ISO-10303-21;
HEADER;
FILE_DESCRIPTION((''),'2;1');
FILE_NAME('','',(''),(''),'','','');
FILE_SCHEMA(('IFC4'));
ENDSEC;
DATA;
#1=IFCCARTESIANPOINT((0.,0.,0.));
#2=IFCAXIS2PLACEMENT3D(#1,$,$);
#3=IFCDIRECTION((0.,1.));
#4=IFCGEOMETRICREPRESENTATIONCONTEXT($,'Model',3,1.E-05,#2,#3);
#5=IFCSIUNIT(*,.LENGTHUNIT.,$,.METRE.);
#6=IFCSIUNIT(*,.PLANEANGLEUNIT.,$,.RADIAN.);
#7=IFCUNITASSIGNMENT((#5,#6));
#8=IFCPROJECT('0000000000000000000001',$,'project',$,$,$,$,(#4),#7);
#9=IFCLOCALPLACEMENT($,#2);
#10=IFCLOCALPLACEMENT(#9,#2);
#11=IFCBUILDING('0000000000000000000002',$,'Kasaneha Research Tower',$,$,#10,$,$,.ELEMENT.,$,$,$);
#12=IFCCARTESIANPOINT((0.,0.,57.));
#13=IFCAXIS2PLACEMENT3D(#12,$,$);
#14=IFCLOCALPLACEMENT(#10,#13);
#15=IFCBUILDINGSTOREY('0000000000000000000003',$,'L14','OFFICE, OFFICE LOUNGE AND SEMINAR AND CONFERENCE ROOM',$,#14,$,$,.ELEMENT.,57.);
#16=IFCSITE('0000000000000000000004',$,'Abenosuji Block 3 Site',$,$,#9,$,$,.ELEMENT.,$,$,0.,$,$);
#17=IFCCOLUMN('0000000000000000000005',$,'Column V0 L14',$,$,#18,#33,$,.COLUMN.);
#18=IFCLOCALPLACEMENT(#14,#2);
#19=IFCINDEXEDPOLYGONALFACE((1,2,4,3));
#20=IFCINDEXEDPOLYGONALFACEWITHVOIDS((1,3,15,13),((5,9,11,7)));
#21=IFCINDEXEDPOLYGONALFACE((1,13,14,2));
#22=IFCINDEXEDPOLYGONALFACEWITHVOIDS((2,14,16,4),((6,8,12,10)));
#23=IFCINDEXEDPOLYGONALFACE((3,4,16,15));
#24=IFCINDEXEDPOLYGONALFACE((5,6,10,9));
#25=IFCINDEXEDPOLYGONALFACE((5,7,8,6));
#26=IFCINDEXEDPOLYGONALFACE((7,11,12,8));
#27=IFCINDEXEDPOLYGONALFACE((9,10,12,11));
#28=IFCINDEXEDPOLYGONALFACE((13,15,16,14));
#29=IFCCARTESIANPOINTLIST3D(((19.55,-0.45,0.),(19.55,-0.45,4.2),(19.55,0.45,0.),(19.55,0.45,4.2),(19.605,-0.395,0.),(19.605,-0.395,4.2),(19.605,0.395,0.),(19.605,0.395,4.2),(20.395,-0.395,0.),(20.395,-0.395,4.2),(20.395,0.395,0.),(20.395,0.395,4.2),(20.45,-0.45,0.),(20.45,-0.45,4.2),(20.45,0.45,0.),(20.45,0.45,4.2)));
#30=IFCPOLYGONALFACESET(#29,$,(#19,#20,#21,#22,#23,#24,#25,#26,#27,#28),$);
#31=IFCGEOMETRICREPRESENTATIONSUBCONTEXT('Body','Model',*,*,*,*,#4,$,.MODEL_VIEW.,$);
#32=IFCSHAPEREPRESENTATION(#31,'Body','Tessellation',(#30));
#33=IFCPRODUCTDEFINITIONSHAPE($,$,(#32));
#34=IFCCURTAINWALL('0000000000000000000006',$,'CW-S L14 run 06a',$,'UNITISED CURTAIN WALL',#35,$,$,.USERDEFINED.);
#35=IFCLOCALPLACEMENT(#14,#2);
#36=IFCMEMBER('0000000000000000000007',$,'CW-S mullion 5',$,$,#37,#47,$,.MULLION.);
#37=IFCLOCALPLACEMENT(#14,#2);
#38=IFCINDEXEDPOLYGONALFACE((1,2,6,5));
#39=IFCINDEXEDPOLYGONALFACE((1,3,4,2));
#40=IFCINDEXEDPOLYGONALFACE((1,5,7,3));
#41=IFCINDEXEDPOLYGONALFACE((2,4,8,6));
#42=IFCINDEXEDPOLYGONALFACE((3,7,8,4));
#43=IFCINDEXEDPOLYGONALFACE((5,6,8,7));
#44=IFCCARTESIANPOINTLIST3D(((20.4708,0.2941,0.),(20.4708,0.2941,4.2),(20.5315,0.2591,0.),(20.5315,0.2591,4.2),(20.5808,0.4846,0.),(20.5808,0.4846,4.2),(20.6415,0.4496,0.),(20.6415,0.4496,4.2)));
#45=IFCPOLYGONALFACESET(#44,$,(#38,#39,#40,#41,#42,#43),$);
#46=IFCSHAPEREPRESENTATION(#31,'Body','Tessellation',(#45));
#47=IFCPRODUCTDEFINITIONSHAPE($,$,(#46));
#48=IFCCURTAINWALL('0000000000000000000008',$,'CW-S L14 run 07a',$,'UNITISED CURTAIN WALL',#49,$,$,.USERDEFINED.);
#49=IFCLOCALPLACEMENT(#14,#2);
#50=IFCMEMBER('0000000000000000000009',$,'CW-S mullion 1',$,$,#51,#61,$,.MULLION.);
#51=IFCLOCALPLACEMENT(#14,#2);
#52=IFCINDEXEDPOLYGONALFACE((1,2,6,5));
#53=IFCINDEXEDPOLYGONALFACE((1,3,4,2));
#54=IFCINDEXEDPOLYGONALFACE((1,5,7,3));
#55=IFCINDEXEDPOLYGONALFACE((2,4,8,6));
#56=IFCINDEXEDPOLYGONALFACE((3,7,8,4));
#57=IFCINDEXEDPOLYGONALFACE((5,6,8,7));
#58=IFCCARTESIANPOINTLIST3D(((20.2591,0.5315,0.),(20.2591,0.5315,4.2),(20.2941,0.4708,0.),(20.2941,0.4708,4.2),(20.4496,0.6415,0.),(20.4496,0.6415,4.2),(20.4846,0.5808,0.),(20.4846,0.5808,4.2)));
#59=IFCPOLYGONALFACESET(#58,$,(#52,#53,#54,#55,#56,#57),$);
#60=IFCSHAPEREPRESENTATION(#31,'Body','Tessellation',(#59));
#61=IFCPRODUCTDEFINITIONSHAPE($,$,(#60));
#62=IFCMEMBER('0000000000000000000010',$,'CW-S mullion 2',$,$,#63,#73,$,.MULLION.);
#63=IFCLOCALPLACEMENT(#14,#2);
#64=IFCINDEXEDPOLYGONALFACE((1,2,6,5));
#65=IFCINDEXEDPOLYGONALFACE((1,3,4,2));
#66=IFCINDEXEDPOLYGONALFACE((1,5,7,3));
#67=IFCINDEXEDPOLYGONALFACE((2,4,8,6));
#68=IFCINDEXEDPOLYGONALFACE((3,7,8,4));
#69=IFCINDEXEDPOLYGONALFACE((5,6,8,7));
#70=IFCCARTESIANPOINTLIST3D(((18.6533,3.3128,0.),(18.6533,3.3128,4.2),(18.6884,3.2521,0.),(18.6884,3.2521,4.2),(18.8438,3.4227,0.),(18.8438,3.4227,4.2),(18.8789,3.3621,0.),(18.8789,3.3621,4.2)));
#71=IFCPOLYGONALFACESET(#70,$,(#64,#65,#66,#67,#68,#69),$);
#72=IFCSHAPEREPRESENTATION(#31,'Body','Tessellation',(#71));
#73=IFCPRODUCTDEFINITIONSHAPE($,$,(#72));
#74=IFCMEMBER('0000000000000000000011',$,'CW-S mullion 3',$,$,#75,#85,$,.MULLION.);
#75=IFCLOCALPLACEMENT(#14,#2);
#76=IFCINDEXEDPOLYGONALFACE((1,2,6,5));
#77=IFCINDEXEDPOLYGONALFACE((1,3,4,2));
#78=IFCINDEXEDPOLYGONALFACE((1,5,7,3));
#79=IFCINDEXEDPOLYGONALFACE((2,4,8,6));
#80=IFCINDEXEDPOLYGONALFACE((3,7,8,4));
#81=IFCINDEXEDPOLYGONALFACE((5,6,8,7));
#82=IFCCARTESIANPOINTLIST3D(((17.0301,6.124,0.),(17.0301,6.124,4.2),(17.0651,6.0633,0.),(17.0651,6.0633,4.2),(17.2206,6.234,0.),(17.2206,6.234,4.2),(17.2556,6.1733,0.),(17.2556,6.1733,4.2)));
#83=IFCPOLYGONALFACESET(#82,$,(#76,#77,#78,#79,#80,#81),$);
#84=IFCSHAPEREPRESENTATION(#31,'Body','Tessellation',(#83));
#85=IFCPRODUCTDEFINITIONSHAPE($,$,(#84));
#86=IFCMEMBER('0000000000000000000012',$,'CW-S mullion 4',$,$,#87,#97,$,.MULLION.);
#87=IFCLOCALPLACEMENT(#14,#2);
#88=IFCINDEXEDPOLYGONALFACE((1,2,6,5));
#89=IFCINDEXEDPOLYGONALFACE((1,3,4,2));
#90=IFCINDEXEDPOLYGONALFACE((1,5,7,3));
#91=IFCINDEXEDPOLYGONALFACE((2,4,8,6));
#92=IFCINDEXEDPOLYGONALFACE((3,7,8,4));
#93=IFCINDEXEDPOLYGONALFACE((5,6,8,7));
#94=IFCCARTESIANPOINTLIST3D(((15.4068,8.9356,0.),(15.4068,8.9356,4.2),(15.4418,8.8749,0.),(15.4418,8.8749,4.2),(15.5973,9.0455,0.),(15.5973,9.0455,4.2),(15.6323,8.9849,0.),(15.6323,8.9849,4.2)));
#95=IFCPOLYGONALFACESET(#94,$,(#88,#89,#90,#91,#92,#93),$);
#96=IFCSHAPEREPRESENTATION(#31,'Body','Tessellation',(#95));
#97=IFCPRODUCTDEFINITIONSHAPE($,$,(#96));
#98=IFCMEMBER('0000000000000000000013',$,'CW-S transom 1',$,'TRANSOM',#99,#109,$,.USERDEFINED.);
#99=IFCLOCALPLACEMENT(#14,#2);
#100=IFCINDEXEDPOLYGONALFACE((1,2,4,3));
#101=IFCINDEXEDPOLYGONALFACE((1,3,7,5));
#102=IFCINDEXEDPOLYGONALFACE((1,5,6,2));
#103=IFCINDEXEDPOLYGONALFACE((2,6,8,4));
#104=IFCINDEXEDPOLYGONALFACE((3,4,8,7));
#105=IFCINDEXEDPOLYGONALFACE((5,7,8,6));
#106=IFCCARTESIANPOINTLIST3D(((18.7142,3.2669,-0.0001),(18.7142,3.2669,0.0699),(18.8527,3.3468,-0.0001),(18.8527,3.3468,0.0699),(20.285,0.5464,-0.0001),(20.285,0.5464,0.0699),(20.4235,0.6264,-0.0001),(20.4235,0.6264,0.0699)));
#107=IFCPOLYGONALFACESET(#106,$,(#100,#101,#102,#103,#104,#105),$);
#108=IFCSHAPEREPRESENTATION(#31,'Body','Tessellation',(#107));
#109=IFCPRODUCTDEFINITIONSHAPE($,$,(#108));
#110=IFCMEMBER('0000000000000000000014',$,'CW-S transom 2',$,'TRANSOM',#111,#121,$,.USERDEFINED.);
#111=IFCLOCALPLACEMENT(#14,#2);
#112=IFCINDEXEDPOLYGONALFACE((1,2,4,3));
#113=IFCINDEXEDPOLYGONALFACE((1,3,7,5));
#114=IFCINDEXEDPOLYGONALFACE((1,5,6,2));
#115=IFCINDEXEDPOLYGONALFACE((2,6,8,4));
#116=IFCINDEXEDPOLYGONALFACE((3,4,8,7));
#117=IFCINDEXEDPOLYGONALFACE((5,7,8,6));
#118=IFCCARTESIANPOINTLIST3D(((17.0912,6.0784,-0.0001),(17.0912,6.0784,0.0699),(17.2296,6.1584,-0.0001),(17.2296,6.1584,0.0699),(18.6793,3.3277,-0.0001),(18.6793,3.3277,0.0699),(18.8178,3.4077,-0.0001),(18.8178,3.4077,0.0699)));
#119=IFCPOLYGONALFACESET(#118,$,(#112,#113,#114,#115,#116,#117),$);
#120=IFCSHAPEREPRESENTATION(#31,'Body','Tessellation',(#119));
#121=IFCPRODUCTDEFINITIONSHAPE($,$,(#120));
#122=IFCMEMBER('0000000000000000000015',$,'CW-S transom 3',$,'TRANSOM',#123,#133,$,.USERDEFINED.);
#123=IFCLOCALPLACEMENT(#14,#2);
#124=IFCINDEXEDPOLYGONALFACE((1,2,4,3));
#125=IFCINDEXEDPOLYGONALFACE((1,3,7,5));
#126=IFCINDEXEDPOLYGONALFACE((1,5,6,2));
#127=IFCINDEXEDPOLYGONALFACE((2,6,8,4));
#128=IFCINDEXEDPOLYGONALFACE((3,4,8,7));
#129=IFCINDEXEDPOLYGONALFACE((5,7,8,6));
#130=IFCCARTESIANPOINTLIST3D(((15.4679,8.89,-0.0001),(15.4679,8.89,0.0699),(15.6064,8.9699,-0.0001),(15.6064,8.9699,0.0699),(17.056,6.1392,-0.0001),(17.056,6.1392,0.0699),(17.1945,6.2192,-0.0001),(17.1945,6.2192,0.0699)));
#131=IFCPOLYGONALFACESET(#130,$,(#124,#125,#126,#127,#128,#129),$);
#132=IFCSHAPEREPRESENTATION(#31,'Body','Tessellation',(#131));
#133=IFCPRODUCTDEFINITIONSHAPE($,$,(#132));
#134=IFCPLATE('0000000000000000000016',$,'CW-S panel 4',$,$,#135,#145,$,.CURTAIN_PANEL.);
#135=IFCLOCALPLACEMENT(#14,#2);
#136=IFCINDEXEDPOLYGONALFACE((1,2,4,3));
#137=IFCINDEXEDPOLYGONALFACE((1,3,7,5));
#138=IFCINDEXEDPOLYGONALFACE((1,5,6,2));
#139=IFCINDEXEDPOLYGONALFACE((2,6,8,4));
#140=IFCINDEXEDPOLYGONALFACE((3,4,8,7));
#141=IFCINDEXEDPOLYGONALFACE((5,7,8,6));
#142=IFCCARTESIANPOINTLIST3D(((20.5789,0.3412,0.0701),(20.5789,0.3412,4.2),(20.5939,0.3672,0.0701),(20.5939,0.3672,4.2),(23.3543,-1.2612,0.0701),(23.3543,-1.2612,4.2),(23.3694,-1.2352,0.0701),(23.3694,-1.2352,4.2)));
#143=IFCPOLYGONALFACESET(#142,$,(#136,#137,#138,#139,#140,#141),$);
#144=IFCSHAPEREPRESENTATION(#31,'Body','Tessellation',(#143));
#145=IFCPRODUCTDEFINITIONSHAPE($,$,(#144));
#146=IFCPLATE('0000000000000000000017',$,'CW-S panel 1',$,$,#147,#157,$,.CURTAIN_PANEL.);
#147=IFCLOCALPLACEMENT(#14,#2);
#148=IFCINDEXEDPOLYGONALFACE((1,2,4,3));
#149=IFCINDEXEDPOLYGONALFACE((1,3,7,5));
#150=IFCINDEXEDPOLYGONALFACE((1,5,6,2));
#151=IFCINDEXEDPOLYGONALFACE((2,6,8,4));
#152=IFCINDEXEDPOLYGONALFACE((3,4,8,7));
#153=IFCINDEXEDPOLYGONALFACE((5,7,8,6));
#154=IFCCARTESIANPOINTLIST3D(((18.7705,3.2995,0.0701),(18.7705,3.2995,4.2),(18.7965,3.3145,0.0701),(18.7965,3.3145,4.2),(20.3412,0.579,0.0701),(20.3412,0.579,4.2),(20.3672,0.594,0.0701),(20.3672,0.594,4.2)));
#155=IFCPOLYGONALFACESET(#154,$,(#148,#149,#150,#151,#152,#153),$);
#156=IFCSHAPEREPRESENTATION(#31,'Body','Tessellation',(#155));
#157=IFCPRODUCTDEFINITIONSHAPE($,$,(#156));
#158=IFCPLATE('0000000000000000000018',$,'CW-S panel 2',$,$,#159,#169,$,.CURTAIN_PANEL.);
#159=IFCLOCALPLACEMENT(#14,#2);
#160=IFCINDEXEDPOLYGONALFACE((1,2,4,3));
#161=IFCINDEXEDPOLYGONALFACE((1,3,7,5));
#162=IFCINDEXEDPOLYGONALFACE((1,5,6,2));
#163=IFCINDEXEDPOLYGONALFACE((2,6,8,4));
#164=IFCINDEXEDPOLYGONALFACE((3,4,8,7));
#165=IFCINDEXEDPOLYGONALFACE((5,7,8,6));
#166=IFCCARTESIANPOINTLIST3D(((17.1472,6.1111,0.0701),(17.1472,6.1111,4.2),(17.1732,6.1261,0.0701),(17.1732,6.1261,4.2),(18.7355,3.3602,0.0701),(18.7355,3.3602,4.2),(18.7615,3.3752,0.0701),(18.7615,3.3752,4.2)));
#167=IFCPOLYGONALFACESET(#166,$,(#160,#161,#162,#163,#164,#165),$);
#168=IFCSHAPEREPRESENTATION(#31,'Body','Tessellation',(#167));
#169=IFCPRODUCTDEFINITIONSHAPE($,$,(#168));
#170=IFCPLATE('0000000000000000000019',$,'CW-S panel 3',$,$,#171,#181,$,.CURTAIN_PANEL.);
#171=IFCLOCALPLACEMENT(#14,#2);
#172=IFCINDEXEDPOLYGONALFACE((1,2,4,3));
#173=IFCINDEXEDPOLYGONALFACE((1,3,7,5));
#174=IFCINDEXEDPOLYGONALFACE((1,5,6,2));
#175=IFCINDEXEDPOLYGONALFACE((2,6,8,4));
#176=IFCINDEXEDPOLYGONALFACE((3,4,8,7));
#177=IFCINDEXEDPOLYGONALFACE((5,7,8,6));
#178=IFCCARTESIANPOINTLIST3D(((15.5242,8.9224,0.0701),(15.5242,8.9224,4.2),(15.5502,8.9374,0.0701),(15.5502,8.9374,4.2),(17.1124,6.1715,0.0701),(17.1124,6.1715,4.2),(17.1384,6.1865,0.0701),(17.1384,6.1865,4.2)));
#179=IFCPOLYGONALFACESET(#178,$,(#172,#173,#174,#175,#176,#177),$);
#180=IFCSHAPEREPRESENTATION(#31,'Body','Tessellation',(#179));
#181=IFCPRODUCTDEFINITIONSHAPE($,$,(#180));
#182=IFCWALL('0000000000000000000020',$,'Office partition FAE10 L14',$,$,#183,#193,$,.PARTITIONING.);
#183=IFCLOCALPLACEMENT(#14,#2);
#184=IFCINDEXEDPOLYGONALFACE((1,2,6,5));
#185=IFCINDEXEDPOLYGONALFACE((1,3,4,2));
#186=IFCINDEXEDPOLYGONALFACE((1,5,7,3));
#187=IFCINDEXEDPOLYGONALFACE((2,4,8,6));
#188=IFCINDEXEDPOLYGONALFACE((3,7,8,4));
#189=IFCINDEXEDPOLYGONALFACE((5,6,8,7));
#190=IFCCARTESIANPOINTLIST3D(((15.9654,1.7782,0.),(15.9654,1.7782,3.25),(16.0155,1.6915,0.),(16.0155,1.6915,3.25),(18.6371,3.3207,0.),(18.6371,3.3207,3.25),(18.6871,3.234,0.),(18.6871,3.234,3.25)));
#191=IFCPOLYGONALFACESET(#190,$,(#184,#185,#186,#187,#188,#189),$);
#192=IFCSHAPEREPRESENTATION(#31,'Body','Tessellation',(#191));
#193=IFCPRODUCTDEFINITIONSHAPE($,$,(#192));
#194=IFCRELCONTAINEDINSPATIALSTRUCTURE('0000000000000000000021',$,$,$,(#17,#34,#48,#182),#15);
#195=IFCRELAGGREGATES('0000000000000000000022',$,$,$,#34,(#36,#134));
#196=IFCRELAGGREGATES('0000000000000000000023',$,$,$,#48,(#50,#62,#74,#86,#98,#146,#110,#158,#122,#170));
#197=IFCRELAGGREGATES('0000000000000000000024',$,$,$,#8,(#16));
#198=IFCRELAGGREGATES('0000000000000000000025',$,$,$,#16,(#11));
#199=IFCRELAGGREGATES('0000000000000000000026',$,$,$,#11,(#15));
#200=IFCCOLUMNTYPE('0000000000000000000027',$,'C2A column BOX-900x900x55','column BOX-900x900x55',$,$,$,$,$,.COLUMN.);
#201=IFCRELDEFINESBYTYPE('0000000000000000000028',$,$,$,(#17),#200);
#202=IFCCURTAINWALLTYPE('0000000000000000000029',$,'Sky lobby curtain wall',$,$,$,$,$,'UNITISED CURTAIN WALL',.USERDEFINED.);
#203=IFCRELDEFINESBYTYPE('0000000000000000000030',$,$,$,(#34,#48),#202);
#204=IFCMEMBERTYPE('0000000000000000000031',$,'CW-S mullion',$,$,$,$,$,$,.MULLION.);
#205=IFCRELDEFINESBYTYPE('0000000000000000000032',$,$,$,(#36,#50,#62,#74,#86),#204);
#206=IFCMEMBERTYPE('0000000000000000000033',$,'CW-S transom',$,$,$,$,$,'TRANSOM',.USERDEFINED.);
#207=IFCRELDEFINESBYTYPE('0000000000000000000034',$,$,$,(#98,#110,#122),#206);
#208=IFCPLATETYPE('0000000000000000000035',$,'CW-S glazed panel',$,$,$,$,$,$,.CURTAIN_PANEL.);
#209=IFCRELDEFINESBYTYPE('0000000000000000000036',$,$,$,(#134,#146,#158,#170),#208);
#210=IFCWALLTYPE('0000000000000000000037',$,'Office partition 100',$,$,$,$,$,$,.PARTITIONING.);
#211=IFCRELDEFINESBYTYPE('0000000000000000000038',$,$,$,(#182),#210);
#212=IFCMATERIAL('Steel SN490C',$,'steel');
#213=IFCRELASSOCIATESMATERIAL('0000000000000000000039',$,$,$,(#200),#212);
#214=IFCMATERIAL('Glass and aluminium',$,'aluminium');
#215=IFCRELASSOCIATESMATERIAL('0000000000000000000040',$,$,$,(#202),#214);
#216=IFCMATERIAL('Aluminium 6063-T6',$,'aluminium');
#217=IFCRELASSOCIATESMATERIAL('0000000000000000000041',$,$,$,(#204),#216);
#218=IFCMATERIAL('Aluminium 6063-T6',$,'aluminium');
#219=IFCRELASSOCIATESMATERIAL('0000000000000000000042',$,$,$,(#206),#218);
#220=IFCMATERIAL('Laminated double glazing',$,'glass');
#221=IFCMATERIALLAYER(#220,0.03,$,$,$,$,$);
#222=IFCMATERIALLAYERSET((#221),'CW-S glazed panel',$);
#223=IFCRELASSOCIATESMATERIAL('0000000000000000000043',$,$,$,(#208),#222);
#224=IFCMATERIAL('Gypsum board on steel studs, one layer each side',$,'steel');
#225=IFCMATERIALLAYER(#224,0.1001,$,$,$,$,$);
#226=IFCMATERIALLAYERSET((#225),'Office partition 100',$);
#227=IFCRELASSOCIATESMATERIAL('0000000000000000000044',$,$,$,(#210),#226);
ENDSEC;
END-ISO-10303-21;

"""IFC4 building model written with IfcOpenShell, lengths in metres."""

from ifc_helpers import new_model, si_unit, direction, frame, frame_2d, origin, origin_2d, place, context, subcontext, project, spatial, rectangle, hollow_rectangle, extrude, material, layer, layer_set, material_profile, profile_set, type_object, element, aggregate, save


model = new_model("IFC4")

# Units and contexts
model_context = context("Model", 3, precision=1e-05, world=origin(), true_north=direction((0.0, 1.0)))
body_context = subcontext(model_context, "Body", "Model", "MODEL_VIEW")
ifc_project = project(units=[si_unit("LENGTHUNIT", "METRE"), si_unit("PLANEANGLEUNIT", "RADIAN")], contexts=[model_context])

# Site, building, storey
site_placement = place(None, origin())
site = spatial("IfcSite", under=ifc_project, at=site_placement, Name="Abenosuji Block 3 Site", CompositionType="ELEMENT", RefElevation=0.0)
building_placement = place(site_placement, origin())
building = spatial("IfcBuilding", under=site, at=building_placement, Name="Kasaneha Research Tower", CompositionType="ELEMENT")
storey_placement = place(building_placement, frame((0.0, 0.0, 57.0)))
storey = spatial("IfcBuildingStorey", under=building, at=storey_placement, Name="L14", Description="OFFICE, OFFICE LOUNGE AND SEMINAR AND CONFERENCE ROOM", CompositionType="ELEMENT", Elevation=57.0)

# Column
ifc_material_1 = material(Name="Steel SN490C", Category="steel")
ifc_material_profile_1 = material_profile(ifc_material_1, hollow_rectangle(XDim=0.8999, YDim=0.8999, WallThickness=0.0549, at=origin_2d()), Name="BOX-900x900x55")
ifc_profile_set_1 = profile_set([ifc_material_profile_1], Name="Steel SN490C")
column_type = type_object("IfcColumnType", Name="C2A column BOX-900x900x55", Description="column BOX-900x900x55", PredefinedType="COLUMN", material=ifc_profile_set_1)
column_placement = place(storey_placement, frame((20.0, 0.0, 0.0), z_axis=(0.0, 0.0, 1.0), x_axis=(1.0, 0.0, 0.0)))
element("IfcColumn", 1, at=column_placement, inside=storey, type_object=column_type, Name="Column V0 L14", PredefinedType="COLUMN", context=body_context, shape_type="SweptSolid", body=[
    extrude(hollow_rectangle(XDim=0.8999, YDim=0.8999, WallThickness=0.0549, at=origin_2d()), origin(), (0.0, 0.0, 1.0), 4.2),
])

# Curtain wall, member
ifc_material_2 = material(Name="Glass and aluminium", Category="aluminium")
curtain_wall_type = type_object("IfcCurtainWallType", Name="Sky lobby curtain wall", ElementType="UNITISED CURTAIN WALL", PredefinedType="USERDEFINED", material=ifc_material_2)
curtain_wall_1_placement = place(storey_placement, origin())
curtain_wall_1 = element("IfcCurtainWall", 2, at=curtain_wall_1_placement, inside=storey, type_object=curtain_wall_type, Name="CW-S L14 run 06a", ObjectType="UNITISED CURTAIN WALL", PredefinedType="USERDEFINED")
ifc_material_3 = material(Name="Aluminium 6063-T6", Category="aluminium")
ifc_material_profile_2 = material_profile(ifc_material_3, rectangle(XDim=0.0701, YDim=0.22, at=origin_2d()), Name="CW-S mullion 70x220")
ifc_profile_set_2 = profile_set([ifc_material_profile_2], Name="Aluminium 6063-T6")
member_type_1 = type_object("IfcMemberType", Name="CW-S mullion", PredefinedType="MULLION", material=ifc_profile_set_2)
member_1_placement = place(storey_placement, frame((20.5562, 0.3718, 0.0), z_axis=(0.0, 0.0, 1.0), x_axis=(-0.866025, 0.5, 0.0)))
member_1 = element("IfcMember", 3, at=member_1_placement, type_object=member_type_1, Name="CW-S mullion 5", PredefinedType="MULLION", context=body_context, shape_type="SweptSolid", body=[
    extrude(rectangle(XDim=0.0701, YDim=0.22, at=origin_2d()), origin(), (0.0, 0.0, 1.0), 4.2),
])

# Curtain wall, members
curtain_wall_2_placement = place(storey_placement, origin())
curtain_wall_2 = element("IfcCurtainWall", 4, at=curtain_wall_2_placement, inside=storey, type_object=curtain_wall_type, Name="CW-S L14 run 07a", ObjectType="UNITISED CURTAIN WALL", PredefinedType="USERDEFINED")
member_2_placement = place(storey_placement, frame((20.3718, 0.5562, 0.0), z_axis=(0.0, 0.0, 1.0), x_axis=(-0.5, 0.866025, 0.0)))
member_2 = element("IfcMember", 5, at=member_2_placement, type_object=member_type_1, Name="CW-S mullion 1", PredefinedType="MULLION", context=body_context, shape_type="SweptSolid", body=[
    extrude(rectangle(XDim=0.0701, YDim=0.22, at=origin_2d()), origin(), (0.0, 0.0, 1.0), 4.2),
])
member_3_placement = place(storey_placement, frame((18.7661, 3.3374, 0.0), z_axis=(0.0, 0.0, 1.0), x_axis=(-0.5, 0.866025, 0.0)))
member_3 = element("IfcMember", 6, at=member_3_placement, type_object=member_type_1, Name="CW-S mullion 2", PredefinedType="MULLION", context=body_context, shape_type="SweptSolid", body=[
    extrude(rectangle(XDim=0.0701, YDim=0.22, at=origin_2d()), origin(), (0.0, 0.0, 1.0), 4.2),
])
member_4_placement = place(storey_placement, frame((17.1428, 6.1487, 0.0), z_axis=(0.0, 0.0, 1.0), x_axis=(-0.5, 0.866025, 0.0)))
member_4 = element("IfcMember", 7, at=member_4_placement, type_object=member_type_1, Name="CW-S mullion 3", PredefinedType="MULLION", context=body_context, shape_type="SweptSolid", body=[
    extrude(rectangle(XDim=0.0701, YDim=0.22, at=origin_2d()), origin(), (0.0, 0.0, 1.0), 4.2),
])
member_5_placement = place(storey_placement, frame((15.5195, 8.9602, 0.0), z_axis=(0.0, 0.0, 1.0), x_axis=(-0.5, 0.866025, 0.0)))
member_5 = element("IfcMember", 8, at=member_5_placement, type_object=member_type_1, Name="CW-S mullion 4", PredefinedType="MULLION", context=body_context, shape_type="SweptSolid", body=[
    extrude(rectangle(XDim=0.0701, YDim=0.22, at=origin_2d()), origin(), (0.0, 0.0, 1.0), 4.2),
])
ifc_material_4 = material(Name="Aluminium 6063-T6", Category="aluminium")
ifc_material_profile_3 = material_profile(ifc_material_4, rectangle(XDim=0.1599, YDim=0.0701, at=origin_2d()), Name="CW-S transom 160x70")
ifc_profile_set_3 = profile_set([ifc_material_profile_3], Name="Aluminium 6063-T6")
member_type_2 = type_object("IfcMemberType", Name="CW-S transom", ElementType="TRANSOM", PredefinedType="USERDEFINED", material=ifc_profile_set_3)
member_6_placement = place(storey_placement, frame((20.3542, 0.5864, 0.0349), z_axis=(-0.500034, 0.866006, 0.0), x_axis=(-0.866006, -0.500034, 0.0)))
member_6 = element("IfcMember", 9, at=member_6_placement, type_object=member_type_2, Name="CW-S transom 1", ObjectType="TRANSOM", PredefinedType="USERDEFINED", context=body_context, shape_type="SweptSolid", body=[
    extrude(rectangle(XDim=0.1599, YDim=0.0701, at=origin_2d()), origin(), (0.0, 0.0, 1.0), 3.1414),
])
member_7_placement = place(storey_placement, frame((18.7485, 3.3677, 0.0349), z_axis=(-0.5, 0.866026, 0.0), x_axis=(-0.866026, -0.5, 0.0)))
member_7 = element("IfcMember", 10, at=member_7_placement, type_object=member_type_2, Name="CW-S transom 2", ObjectType="TRANSOM", PredefinedType="USERDEFINED", context=body_context, shape_type="SweptSolid", body=[
    extrude(rectangle(XDim=0.1599, YDim=0.0701, at=origin_2d()), origin(), (0.0, 0.0, 1.0), 3.1763),
])
member_8_placement = place(storey_placement, frame((17.1252, 6.1792, 0.0349), z_axis=(-0.5, 0.866026, 0.0), x_axis=(-0.866026, -0.5, 0.0)))
member_8 = element("IfcMember", 11, at=member_8_placement, type_object=member_type_2, Name="CW-S transom 3", ObjectType="TRANSOM", PredefinedType="USERDEFINED", context=body_context, shape_type="SweptSolid", body=[
    extrude(rectangle(XDim=0.1599, YDim=0.0701, at=origin_2d()), origin(), (0.0, 0.0, 1.0), 3.1763),
])

# Plates
ifc_material_5 = material(Name="Laminated double glazing", Category="glass")
ifc_layer_1 = layer(ifc_material_5, 0.03)
ifc_layer_set_1 = layer_set([ifc_layer_1], Name="CW-S glazed panel")
plate_type = type_object("IfcPlateType", Name="CW-S glazed panel", PredefinedType="CURTAIN_PANEL", material=ifc_layer_set_1)
plate_1_placement = place(storey_placement, frame((21.9741, -0.447, 0.0701), z_axis=(0.0, 0.0, 1.0), x_axis=(-0.866025, 0.5, 0.0)))
plate_1 = element("IfcPlate", 12, at=plate_1_placement, type_object=plate_type, Name="CW-S panel 4", PredefinedType="CURTAIN_PANEL", context=body_context, shape_type="SweptSolid", body=[
    extrude(rectangle(XDim=3.2048, YDim=0.03, at=origin_2d()), origin(), (0.0, 0.0, 1.0), 4.1299),
])
aggregate(curtain_wall_1, [member_1, plate_1])
plate_2_placement = place(storey_placement, frame((19.5688, 1.9468, 0.0701), z_axis=(0.0, 0.0, 1.0), x_axis=(-0.5, 0.866025, 0.0)))
plate_2 = element("IfcPlate", 13, at=plate_2_placement, type_object=plate_type, Name="CW-S panel 1", PredefinedType="CURTAIN_PANEL", context=body_context, shape_type="SweptSolid", body=[
    extrude(rectangle(XDim=3.1414, YDim=0.03, at=origin_2d()), origin(), (0.0, 0.0, 1.0), 4.1299),
])
plate_3_placement = place(storey_placement, frame((17.9543, 4.7432, 0.0701), z_axis=(0.0, 0.0, 1.0), x_axis=(-0.5, 0.866025, 0.0)))
plate_3 = element("IfcPlate", 14, at=plate_3_placement, type_object=plate_type, Name="CW-S panel 2", PredefinedType="CURTAIN_PANEL", context=body_context, shape_type="SweptSolid", body=[
    extrude(rectangle(XDim=3.1765, YDim=0.03, at=origin_2d()), origin(), (0.0, 0.0, 1.0), 4.1299),
])
plate_4_placement = place(storey_placement, frame((16.3313, 7.5544, 0.0701), z_axis=(0.0, 0.0, 1.0), x_axis=(-0.5, 0.866025, 0.0)))
plate_4 = element("IfcPlate", 15, at=plate_4_placement, type_object=plate_type, Name="CW-S panel 3", PredefinedType="CURTAIN_PANEL", context=body_context, shape_type="SweptSolid", body=[
    extrude(rectangle(XDim=3.1765, YDim=0.03, at=origin_2d()), origin(), (0.0, 0.0, 1.0), 4.1299),
])
aggregate(curtain_wall_2, [member_2, member_3, member_4, member_5, member_6, plate_2, member_7, plate_3, member_8, plate_4])

# Wall
ifc_material_6 = material(Name="Gypsum board on steel studs, one layer each side", Category="steel")
ifc_layer_2 = layer(ifc_material_6, 0.1001)
ifc_layer_set_2 = layer_set([ifc_layer_2], Name="Office partition 100")
wall_type = type_object("IfcWallType", Name="Office partition 100", PredefinedType="PARTITIONING", material=ifc_layer_set_2)
wall_1_placement = place(storey_placement, frame((18.6621, 3.2773, 0.0), z_axis=(0.0, 0.0, 1.0), x_axis=(-0.866023, -0.500003, 0.0)))
element("IfcWall", 16, at=wall_1_placement, inside=storey, type_object=wall_type, Name="Office partition FAE10 L14", PredefinedType="PARTITIONING", context=body_context, shape_type="SweptSolid", body=[
    extrude(rectangle(XDim=3.085, YDim=0.1001, at=frame_2d((1.5425, 0.0))), origin(), (0.0, 0.0, 1.0), 3.25),
])

save(model, "model.ifc")
